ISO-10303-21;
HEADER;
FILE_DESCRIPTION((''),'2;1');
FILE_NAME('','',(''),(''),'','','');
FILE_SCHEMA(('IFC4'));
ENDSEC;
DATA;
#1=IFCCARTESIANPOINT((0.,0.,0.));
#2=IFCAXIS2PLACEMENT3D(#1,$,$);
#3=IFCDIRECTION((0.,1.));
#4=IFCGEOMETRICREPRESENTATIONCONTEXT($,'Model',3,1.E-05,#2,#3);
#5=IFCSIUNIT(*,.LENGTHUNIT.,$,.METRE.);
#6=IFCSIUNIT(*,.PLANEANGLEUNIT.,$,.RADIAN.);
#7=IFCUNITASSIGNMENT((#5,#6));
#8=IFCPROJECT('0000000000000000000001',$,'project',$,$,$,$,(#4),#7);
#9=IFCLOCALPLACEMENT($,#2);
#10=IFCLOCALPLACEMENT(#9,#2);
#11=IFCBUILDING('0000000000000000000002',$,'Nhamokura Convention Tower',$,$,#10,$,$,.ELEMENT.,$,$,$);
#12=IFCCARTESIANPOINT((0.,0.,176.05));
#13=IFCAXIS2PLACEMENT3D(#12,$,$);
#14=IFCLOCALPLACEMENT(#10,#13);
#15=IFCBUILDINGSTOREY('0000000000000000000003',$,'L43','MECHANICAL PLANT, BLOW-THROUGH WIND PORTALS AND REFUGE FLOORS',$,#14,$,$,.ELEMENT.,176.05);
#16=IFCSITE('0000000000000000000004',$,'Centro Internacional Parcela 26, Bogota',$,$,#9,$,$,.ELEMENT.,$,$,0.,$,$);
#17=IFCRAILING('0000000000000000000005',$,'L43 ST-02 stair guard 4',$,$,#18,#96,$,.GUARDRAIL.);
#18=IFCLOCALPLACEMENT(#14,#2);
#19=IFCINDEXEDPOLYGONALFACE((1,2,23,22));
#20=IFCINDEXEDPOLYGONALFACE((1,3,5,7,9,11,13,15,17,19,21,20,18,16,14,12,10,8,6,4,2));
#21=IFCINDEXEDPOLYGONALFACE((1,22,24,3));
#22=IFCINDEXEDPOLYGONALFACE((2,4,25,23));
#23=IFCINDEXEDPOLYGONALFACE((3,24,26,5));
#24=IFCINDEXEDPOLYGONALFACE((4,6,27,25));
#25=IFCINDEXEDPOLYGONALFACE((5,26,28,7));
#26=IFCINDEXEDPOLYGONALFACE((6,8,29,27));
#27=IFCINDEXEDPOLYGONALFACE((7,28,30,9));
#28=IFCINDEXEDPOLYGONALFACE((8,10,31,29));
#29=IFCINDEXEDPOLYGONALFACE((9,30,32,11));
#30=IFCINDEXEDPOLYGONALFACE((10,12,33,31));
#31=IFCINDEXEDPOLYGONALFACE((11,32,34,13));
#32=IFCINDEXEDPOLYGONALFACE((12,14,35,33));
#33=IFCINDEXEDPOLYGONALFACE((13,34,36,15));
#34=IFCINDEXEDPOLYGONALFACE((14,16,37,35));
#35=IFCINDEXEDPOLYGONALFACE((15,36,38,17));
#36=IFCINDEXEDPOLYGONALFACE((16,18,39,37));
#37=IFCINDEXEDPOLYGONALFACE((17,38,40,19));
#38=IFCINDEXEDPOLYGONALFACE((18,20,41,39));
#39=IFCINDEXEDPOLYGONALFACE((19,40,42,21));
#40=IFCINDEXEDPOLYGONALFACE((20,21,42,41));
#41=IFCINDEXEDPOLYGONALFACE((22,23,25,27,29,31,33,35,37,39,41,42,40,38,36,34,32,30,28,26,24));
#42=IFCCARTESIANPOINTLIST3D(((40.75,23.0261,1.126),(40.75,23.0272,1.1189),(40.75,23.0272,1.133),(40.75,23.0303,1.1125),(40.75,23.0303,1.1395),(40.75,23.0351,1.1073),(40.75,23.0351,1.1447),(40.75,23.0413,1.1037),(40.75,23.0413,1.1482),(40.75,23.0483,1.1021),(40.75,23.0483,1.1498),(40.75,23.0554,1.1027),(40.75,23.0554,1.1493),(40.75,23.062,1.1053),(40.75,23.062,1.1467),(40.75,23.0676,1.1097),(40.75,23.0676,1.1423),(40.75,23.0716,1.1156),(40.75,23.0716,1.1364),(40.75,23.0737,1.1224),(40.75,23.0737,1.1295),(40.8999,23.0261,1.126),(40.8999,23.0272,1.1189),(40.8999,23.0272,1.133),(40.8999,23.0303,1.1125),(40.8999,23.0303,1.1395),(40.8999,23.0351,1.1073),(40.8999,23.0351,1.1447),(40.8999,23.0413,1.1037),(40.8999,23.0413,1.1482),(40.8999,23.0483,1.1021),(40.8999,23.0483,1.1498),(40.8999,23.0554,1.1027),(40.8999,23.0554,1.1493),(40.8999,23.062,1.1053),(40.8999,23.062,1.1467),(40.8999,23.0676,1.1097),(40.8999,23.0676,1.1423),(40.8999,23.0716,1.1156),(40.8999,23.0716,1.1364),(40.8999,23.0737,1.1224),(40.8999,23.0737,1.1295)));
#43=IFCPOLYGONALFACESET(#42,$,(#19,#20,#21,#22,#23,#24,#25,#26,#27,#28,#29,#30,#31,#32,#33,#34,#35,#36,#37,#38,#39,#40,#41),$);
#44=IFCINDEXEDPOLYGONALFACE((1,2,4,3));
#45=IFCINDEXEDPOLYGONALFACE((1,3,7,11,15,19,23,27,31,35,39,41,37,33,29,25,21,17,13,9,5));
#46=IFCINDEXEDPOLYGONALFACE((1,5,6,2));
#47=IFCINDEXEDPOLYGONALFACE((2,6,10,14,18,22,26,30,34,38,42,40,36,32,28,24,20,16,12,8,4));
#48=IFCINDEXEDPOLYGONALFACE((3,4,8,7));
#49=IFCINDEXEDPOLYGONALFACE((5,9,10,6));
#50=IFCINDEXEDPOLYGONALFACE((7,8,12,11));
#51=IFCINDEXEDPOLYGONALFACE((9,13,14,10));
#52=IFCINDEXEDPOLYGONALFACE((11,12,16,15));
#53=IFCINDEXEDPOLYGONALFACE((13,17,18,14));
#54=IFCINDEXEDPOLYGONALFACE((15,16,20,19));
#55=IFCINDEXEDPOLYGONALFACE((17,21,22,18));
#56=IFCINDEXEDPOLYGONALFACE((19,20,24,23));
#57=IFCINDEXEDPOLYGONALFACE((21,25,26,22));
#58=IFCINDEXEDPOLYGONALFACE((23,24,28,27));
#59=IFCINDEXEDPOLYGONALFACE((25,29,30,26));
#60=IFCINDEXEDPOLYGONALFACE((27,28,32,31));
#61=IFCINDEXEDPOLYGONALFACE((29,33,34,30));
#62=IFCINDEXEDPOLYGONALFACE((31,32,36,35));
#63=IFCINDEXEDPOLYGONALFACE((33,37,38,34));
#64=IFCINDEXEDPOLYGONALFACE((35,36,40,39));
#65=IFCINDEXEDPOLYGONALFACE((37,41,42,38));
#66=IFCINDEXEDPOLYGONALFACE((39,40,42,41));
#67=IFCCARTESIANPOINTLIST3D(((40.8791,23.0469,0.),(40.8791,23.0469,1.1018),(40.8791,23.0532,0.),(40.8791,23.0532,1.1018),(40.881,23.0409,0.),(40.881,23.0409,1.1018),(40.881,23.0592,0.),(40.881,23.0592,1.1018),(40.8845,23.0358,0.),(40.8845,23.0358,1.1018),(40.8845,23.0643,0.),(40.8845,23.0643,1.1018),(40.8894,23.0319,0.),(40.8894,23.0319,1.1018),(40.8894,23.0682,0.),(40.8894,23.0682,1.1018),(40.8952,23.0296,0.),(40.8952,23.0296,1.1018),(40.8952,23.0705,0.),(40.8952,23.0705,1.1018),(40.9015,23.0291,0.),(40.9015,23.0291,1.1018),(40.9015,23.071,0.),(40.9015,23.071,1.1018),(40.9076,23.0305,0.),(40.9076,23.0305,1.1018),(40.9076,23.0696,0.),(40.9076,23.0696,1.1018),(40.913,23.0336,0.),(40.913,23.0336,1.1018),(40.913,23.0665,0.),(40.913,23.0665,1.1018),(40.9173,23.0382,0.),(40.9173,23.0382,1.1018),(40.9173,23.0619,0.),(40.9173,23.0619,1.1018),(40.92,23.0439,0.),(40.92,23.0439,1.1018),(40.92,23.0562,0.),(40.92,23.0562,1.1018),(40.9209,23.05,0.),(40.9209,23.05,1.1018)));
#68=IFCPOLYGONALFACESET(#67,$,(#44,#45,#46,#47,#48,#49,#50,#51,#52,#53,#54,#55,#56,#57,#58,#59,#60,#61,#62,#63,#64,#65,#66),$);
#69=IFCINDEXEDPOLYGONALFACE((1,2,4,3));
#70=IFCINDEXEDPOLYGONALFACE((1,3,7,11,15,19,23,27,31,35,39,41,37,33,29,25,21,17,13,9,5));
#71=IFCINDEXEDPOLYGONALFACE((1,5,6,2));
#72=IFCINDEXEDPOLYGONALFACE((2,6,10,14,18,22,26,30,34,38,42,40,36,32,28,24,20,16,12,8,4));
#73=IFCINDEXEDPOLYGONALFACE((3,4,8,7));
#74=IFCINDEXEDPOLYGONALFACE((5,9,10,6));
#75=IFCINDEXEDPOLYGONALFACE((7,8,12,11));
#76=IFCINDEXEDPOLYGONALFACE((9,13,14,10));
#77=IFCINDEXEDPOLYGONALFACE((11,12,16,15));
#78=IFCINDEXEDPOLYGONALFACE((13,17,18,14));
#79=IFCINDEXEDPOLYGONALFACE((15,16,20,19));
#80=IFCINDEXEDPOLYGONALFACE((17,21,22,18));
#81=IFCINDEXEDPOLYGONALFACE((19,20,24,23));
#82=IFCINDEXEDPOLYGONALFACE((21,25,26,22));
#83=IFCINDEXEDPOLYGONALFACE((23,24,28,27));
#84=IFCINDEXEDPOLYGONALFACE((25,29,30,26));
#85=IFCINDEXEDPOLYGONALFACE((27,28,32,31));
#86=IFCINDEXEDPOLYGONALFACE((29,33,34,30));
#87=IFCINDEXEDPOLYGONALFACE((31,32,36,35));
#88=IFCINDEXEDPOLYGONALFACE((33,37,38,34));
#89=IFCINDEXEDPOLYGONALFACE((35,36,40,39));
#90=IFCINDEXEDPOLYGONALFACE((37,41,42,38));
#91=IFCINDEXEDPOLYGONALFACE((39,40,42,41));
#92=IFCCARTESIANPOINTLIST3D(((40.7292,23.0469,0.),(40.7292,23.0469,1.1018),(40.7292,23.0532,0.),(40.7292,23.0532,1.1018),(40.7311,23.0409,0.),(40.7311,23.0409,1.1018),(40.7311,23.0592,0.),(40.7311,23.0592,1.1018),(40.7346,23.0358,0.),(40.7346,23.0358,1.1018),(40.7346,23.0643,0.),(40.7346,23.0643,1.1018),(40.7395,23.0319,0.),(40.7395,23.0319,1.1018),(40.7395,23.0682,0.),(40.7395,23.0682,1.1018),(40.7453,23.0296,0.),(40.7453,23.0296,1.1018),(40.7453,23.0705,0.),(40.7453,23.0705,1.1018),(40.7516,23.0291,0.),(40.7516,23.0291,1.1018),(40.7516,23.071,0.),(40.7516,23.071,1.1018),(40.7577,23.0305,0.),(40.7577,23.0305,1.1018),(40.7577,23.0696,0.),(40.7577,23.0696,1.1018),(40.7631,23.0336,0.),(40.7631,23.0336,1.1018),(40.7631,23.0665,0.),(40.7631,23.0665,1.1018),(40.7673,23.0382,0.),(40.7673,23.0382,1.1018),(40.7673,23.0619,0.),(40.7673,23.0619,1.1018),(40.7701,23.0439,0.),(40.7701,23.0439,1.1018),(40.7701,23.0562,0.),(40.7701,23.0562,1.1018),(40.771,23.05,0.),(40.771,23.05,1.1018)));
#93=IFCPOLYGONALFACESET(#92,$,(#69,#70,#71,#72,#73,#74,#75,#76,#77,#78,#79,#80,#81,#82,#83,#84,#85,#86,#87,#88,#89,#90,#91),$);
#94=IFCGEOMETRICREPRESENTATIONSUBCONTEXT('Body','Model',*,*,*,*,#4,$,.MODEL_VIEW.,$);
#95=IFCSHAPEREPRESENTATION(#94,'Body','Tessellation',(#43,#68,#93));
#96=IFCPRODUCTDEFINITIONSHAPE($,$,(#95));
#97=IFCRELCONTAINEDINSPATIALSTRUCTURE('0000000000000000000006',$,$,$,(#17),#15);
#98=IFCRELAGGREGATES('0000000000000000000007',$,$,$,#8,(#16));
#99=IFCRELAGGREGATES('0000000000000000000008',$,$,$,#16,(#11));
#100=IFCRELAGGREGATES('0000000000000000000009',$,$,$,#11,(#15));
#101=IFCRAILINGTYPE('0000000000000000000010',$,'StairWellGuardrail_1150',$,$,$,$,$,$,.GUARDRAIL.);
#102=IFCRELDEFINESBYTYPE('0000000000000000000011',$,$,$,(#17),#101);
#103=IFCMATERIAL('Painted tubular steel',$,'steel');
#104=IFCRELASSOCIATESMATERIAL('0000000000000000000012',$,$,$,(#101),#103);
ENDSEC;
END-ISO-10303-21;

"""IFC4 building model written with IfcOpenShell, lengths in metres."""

from ifc_helpers import new_model, si_unit, direction, frame, origin, origin_2d, place, context, subcontext, project, spatial, circle, extrude, material, type_object, element, save


model = new_model("IFC4")

# Units and contexts
model_context = context("Model", 3, precision=1e-05, world=origin(), true_north=direction((0.0, 1.0)))
body_context = subcontext(model_context, "Body", "Model", "MODEL_VIEW")
ifc_project = project(units=[si_unit("LENGTHUNIT", "METRE"), si_unit("PLANEANGLEUNIT", "RADIAN")], contexts=[model_context])

# Site, building, storey
site_placement = place(None, origin())
site = spatial("IfcSite", under=ifc_project, at=site_placement, Name="Centro Internacional Parcela 26, Bogota", CompositionType="ELEMENT", RefElevation=0.0)
building_placement = place(site_placement, origin())
building = spatial("IfcBuilding", under=site, at=building_placement, Name="Nhamokura Convention Tower", CompositionType="ELEMENT")
storey_placement = place(building_placement, frame((0.0, 0.0, 176.05)))
storey = spatial("IfcBuildingStorey", under=building, at=storey_placement, Name="L43", Description="MECHANICAL PLANT, BLOW-THROUGH WIND PORTALS AND REFUGE FLOORS", CompositionType="ELEMENT", Elevation=176.05)

# Railing
ifc_material_1 = material(Name="Painted tubular steel", Category="steel")
railing_type_1 = type_object("IfcRailingType", Name="StairWellGuardrail_1150", PredefinedType="GUARDRAIL", material=ifc_material_1)
railing_1_placement = place(storey_placement, frame((40.8999, 23.05, 0.0)))
element("IfcRailing", 1, at=railing_1_placement, inside=storey, type_object=railing_type_1, Name="L43 ST-02 stair guard 4", PredefinedType="GUARDRAIL", context=body_context, shape_type="SweptSolid", body=[
    extrude(circle(Radius=0.0239, at=origin_2d()), frame((0.0, 0.0, 1.126), z_axis=(-1.0, 0.0, 0.0), x_axis=(0.0, -1.0, 0.0)), (0.0, 0.0, 1.0), 0.1499),
    extrude(circle(Radius=0.021, at=origin_2d()), origin(), (0.0, 0.0, 1.0), 1.1018),
    extrude(circle(Radius=0.021, at=origin_2d()), frame((-0.1499, 0.0, 0.0)), (0.0, 0.0, 1.0), 1.1018),
])

save(model, "model.ifc")
